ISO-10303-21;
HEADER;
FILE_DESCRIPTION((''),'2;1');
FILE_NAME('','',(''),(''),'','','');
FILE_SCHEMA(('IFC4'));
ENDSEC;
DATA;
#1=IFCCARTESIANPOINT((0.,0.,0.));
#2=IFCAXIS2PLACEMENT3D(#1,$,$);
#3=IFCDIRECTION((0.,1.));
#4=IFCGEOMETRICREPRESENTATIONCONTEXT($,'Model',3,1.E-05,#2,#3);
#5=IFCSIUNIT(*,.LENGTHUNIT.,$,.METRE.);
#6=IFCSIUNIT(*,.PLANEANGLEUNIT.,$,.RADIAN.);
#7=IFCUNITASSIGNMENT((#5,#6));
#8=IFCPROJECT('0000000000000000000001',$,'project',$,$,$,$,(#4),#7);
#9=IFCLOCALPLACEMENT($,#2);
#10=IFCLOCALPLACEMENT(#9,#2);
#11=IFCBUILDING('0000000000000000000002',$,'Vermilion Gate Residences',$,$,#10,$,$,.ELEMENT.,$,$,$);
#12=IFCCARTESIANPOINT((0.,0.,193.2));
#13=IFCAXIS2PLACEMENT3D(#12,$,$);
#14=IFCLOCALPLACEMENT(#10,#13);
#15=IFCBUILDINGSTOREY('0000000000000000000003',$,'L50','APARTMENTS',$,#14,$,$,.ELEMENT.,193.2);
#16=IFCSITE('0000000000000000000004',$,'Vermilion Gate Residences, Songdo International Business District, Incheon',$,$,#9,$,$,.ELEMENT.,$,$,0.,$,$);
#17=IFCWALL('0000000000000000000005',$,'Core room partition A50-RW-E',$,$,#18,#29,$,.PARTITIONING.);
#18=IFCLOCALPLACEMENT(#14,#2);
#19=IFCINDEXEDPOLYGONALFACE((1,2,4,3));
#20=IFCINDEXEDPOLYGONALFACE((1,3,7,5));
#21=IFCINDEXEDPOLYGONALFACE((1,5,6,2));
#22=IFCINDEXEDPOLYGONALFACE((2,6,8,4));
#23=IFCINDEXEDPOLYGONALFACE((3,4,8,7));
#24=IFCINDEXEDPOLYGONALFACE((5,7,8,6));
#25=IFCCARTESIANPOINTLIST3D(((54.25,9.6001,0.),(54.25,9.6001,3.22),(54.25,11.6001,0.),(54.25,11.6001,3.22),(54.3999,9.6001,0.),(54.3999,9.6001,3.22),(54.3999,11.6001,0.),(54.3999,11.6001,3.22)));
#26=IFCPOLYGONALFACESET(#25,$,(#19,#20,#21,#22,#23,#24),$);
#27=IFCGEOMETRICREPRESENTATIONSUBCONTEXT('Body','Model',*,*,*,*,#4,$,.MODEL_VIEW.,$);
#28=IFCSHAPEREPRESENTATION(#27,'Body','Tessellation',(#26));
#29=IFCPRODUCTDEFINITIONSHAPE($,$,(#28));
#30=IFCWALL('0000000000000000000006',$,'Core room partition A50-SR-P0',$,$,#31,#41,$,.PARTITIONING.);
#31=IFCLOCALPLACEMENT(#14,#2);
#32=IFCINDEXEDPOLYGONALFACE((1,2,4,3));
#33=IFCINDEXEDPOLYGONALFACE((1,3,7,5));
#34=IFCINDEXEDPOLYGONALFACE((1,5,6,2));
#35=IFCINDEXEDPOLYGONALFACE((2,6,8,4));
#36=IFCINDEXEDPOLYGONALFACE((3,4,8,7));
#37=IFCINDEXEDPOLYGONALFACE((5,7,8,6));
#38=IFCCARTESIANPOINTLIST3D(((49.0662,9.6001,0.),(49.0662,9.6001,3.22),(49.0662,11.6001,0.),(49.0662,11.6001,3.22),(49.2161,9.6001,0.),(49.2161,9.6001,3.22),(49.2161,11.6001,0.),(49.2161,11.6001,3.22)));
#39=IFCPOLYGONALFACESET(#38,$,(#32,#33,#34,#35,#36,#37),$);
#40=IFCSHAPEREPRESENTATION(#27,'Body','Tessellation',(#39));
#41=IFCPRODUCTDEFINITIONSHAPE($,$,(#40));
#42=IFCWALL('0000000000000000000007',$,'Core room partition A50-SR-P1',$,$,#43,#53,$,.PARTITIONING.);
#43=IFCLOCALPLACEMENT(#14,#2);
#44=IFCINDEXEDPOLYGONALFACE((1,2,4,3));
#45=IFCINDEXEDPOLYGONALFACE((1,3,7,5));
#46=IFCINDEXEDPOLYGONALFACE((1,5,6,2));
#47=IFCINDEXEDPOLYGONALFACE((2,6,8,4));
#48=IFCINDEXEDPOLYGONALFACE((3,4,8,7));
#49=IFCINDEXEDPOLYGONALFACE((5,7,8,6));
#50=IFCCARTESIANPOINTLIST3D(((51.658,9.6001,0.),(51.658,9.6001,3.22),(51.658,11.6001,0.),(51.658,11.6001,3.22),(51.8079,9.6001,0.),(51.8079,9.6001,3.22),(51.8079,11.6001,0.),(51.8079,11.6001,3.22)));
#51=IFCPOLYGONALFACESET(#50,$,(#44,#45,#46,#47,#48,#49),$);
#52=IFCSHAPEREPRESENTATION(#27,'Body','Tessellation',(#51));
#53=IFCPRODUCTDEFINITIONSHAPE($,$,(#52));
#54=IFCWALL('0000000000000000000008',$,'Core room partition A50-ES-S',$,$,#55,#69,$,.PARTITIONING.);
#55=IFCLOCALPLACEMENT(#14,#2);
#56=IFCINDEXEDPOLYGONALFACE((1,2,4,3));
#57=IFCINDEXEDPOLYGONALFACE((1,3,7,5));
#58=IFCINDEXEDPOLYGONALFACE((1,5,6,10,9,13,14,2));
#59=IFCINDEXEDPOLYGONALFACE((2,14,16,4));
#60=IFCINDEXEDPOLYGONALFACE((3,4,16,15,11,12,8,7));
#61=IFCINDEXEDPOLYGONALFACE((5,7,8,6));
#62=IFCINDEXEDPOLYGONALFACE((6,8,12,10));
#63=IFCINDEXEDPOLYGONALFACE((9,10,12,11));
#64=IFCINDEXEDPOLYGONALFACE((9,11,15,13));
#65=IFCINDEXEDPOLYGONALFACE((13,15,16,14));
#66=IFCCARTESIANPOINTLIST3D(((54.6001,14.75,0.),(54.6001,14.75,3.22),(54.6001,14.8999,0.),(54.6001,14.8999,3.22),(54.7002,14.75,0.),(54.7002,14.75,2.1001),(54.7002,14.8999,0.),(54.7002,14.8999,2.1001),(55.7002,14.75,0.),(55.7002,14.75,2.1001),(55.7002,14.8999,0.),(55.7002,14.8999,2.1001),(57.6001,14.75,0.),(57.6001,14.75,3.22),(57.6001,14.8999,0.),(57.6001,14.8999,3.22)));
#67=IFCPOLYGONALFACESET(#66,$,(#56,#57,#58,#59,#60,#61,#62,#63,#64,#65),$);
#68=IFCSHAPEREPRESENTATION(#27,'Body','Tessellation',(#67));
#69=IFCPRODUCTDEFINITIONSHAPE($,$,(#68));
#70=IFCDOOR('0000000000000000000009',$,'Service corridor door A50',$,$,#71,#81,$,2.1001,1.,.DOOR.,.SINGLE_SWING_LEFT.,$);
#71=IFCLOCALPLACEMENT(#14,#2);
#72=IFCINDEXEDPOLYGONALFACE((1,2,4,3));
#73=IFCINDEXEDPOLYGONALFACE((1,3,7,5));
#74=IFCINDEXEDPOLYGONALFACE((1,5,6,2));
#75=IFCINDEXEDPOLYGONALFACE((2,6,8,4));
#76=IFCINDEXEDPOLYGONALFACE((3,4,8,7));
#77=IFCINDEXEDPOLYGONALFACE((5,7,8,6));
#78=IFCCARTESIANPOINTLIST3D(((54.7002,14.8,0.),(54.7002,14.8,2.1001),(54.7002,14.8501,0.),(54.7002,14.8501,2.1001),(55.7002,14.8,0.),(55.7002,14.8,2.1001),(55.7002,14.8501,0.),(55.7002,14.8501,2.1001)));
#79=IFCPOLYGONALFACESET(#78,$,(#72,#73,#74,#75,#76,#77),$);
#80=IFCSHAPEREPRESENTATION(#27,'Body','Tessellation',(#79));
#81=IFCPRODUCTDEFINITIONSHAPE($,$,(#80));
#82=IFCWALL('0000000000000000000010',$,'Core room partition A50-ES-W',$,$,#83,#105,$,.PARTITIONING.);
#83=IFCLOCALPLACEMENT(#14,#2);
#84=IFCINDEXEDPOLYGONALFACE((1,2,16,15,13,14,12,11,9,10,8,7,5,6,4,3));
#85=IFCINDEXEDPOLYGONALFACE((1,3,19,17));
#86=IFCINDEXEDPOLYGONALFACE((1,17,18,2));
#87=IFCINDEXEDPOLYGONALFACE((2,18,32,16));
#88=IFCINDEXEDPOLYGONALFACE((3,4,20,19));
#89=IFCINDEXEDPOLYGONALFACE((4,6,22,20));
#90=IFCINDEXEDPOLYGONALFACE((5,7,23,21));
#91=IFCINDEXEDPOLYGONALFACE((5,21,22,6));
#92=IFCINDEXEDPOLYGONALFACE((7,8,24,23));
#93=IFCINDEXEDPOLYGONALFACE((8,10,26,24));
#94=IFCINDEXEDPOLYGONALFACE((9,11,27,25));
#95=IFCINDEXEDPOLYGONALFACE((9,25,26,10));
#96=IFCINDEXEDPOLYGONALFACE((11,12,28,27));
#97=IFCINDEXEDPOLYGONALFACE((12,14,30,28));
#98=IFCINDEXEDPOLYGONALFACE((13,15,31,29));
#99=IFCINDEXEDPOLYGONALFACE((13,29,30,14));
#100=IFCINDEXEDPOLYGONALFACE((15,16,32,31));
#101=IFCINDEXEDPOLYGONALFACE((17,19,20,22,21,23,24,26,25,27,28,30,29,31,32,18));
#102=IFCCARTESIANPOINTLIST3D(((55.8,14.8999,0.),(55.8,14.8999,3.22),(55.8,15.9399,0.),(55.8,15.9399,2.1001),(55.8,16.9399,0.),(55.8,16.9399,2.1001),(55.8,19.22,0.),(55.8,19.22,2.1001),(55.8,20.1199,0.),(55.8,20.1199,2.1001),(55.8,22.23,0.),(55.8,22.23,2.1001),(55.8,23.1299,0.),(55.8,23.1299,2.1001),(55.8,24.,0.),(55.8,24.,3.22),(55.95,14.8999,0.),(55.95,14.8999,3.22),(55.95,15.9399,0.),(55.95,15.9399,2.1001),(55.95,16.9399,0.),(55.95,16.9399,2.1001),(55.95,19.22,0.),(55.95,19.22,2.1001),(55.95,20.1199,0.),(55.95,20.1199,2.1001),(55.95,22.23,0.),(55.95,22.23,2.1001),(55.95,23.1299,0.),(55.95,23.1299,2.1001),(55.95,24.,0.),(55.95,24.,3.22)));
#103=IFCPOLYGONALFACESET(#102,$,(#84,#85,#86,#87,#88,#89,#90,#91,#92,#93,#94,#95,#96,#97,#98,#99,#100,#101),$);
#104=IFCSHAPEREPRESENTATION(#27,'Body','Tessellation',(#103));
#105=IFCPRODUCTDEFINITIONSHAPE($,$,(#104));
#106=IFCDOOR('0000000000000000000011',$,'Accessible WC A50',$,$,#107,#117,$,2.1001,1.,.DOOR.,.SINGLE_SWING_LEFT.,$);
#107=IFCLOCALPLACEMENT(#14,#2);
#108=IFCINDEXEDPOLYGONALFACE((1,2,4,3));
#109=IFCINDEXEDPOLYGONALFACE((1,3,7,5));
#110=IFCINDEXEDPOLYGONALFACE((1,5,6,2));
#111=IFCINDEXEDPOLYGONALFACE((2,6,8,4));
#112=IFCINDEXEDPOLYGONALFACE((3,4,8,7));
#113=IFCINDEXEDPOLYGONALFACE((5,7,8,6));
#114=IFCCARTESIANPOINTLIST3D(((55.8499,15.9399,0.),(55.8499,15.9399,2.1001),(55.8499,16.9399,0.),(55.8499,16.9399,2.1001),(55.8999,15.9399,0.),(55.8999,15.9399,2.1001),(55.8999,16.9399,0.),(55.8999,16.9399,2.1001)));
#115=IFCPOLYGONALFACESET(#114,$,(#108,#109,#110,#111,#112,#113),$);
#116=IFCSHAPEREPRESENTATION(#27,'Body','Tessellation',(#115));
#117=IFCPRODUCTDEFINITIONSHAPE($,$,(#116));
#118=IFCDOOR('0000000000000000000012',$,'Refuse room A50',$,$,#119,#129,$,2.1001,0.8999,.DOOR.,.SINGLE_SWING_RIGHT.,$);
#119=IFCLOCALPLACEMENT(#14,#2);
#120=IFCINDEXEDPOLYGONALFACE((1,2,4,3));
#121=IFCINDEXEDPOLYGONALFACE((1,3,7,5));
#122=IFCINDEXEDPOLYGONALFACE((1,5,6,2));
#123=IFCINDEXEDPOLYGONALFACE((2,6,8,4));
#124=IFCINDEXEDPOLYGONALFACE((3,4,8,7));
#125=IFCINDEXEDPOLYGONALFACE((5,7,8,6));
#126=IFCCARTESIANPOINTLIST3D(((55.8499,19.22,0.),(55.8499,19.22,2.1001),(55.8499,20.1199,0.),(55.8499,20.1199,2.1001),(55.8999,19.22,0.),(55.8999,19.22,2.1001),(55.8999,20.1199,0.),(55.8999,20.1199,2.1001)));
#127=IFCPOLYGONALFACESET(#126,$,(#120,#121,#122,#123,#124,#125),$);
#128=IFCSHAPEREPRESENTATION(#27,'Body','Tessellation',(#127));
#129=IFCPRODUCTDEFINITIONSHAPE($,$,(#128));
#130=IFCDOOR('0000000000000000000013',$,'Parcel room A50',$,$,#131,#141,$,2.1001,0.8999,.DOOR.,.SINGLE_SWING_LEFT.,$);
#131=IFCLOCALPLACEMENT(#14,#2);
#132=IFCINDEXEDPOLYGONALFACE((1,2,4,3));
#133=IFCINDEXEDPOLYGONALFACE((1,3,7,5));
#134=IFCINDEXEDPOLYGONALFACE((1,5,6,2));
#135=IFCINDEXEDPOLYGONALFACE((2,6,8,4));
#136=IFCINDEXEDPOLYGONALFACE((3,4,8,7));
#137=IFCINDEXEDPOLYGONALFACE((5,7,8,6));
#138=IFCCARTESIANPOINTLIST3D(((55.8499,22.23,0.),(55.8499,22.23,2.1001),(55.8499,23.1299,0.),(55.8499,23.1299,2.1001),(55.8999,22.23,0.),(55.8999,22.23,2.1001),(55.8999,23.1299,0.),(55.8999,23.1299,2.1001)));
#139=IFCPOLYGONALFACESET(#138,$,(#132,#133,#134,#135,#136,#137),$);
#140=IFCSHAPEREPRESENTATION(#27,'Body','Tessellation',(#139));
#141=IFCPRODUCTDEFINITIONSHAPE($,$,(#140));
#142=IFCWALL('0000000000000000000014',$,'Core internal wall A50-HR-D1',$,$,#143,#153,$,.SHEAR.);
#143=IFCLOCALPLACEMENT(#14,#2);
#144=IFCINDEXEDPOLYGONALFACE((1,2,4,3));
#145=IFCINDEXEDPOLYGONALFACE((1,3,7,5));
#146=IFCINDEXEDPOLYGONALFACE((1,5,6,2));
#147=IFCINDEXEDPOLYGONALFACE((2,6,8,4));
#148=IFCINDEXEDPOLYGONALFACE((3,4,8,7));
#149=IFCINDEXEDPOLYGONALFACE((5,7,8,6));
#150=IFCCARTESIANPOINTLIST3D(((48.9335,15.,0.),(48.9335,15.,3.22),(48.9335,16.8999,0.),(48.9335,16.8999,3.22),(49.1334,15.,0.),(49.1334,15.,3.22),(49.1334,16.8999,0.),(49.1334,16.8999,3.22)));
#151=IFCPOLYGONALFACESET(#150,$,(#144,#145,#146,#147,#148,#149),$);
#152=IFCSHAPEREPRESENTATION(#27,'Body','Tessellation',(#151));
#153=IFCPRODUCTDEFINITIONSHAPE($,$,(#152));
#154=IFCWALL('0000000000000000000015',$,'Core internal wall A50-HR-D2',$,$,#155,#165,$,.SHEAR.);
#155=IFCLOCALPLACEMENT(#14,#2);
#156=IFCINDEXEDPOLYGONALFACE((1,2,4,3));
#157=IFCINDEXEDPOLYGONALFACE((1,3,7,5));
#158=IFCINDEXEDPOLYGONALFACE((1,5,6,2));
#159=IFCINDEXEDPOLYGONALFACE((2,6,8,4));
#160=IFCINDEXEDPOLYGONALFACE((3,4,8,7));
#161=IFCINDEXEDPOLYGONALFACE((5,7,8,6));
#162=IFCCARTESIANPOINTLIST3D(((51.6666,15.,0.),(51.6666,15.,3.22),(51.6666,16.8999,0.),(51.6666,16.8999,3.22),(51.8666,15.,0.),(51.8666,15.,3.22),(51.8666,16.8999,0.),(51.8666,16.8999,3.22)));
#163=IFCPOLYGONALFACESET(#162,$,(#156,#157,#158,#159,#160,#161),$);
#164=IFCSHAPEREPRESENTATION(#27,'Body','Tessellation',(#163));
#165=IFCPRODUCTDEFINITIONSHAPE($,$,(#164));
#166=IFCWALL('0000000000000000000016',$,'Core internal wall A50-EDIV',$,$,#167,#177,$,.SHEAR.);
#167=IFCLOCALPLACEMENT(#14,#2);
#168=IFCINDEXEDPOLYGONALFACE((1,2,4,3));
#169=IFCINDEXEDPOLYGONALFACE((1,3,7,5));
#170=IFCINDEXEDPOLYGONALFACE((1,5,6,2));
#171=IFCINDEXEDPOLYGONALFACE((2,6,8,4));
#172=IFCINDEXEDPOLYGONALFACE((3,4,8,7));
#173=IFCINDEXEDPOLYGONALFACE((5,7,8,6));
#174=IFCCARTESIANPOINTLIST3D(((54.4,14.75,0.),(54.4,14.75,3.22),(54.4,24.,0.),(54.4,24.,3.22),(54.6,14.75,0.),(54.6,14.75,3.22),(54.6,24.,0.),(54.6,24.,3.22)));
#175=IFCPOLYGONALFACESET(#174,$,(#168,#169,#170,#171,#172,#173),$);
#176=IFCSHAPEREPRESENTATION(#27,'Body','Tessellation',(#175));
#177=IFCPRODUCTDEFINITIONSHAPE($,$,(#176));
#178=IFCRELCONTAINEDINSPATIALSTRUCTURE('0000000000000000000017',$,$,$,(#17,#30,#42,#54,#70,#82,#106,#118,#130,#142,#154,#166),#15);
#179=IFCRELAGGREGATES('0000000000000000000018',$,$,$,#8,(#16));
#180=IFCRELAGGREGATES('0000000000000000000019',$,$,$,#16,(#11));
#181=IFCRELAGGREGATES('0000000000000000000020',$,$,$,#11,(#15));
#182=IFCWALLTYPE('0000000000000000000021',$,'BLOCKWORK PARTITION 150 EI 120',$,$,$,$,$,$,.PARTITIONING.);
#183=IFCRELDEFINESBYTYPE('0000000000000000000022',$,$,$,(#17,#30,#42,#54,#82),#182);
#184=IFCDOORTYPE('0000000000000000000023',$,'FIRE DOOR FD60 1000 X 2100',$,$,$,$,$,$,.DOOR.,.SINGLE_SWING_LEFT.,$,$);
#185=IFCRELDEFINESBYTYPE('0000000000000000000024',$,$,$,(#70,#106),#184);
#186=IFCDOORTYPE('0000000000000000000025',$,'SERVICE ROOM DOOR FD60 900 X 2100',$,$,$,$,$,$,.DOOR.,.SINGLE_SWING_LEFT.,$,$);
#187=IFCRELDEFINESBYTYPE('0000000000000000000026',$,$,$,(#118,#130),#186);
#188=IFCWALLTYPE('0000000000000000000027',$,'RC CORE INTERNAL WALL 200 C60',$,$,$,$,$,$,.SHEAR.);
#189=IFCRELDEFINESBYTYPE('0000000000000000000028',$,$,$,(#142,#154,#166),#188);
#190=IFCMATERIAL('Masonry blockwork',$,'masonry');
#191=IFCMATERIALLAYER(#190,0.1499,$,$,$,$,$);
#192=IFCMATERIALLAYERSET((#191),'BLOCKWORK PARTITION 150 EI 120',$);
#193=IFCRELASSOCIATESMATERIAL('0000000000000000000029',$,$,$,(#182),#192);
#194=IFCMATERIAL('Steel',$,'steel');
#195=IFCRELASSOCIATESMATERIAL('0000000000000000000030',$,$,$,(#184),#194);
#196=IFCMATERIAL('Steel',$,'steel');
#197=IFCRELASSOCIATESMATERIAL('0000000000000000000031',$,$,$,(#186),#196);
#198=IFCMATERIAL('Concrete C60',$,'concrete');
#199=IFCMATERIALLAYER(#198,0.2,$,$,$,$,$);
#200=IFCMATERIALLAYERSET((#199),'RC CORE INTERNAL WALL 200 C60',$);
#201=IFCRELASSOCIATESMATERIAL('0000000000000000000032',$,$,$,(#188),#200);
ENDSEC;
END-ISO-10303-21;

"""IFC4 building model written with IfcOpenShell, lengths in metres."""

from ifc_helpers import new_model, si_unit, direction, frame, frame_2d, origin, place, context, subcontext, project, spatial, rectangle, extrude, material, layer, layer_set, type_object, element, fill, save


model = new_model("IFC4")

# Units and contexts
model_context = context("Model", 3, precision=1e-05, world=origin(), true_north=direction((0.0, 1.0)))
body_context = subcontext(model_context, "Body", "Model", "MODEL_VIEW")
ifc_project = project(units=[si_unit("LENGTHUNIT", "METRE"), si_unit("PLANEANGLEUNIT", "RADIAN")], contexts=[model_context])

# Site, building, storey
site_placement = place(None, origin())
site = spatial("IfcSite", under=ifc_project, at=site_placement, Name="Vermilion Gate Residences, Songdo International Business District, Incheon", CompositionType="ELEMENT", RefElevation=0.0)
building_placement = place(site_placement, origin())
building = spatial("IfcBuilding", under=site, at=building_placement, Name="Vermilion Gate Residences", CompositionType="ELEMENT")
storey_placement = place(building_placement, frame((0.0, 0.0, 193.2)))
storey = spatial("IfcBuildingStorey", under=building, at=storey_placement, Name="L50", Description="APARTMENTS", CompositionType="ELEMENT", Elevation=193.2)

# Walls
ifc_material_1 = material(Name="Masonry blockwork", Category="masonry")
ifc_layer_1 = layer(ifc_material_1, 0.1499)
ifc_layer_set_1 = layer_set([ifc_layer_1], Name="BLOCKWORK PARTITION 150 EI 120")
wall_type_1 = type_object("IfcWallType", Name="BLOCKWORK PARTITION 150 EI 120", PredefinedType="PARTITIONING", material=ifc_layer_set_1)
for number, where, z_axis, x_axis, name in (
    (1, (54.325, 9.6001, 0.0), (0.0, 0.0, 1.0), (0.0, 1.0, 0.0), "Core room partition A50-RW-E"),
    (2, (49.1411, 9.6001, 0.0), (0.0, 0.0, 1.0), (0.0, 1.0, 0.0), "Core room partition A50-SR-P0"),
    (3, (51.7329, 9.6001, 0.0), (0.0, 0.0, 1.0), (0.0, 1.0, 0.0), "Core room partition A50-SR-P1"),
):
    element("IfcWall", number, at=place(storey_placement, frame(where, z_axis=z_axis, x_axis=x_axis)), inside=storey, type_object=wall_type_1, Name=name, PredefinedType="PARTITIONING", context=body_context, shape_type="SweptSolid", body=[
        extrude(rectangle(XDim=2.0, YDim=0.1499, at=frame_2d((1.0, 0.0))), origin(), (0.0, 0.0, 1.0), 3.22),
    ])

# Wall, opening, door
wall_1_placement = place(storey_placement, frame((54.6001, 14.825, 0.0), z_axis=(0.0, 0.0, 1.0), x_axis=(1.0, 0.0, 0.0)))
wall_1 = element("IfcWall", 4, at=wall_1_placement, inside=storey, type_object=wall_type_1, Name="Core room partition A50-ES-S", PredefinedType="PARTITIONING", context=body_context, shape_type="SweptSolid", body=[
    extrude(rectangle(XDim=3.0, YDim=0.1499, at=frame_2d((1.5, 0.0))), origin(), (0.0, 0.0, 1.0), 3.22),
])
opening_1_placement = place(wall_1_placement, frame((0.1001, 0.0, 0.0)))
opening_1 = element("IfcOpeningElement", 5, at=opening_1_placement, cuts=wall_1, PredefinedType="OPENING", context=body_context, shape_type="SweptSolid", body=[
    extrude(rectangle(XDim=1.0, YDim=2.1001, at=frame_2d((0.5, 1.05))), frame((0.0, 0.085, 0.0), z_axis=(0.0, -1.0, 0.0), x_axis=(1.0, 0.0, 0.0)), (0.0, 0.0, 1.0), 0.1699),
])
ifc_material_2 = material(Name="Steel", Category="steel")
door_type_1 = type_object("IfcDoorType", Name="FIRE DOOR FD60 1000 X 2100", OperationType="SINGLE_SWING_LEFT", PredefinedType="DOOR", material=ifc_material_2)
door_1_placement = place(opening_1_placement, frame((1.0, 0.0, 0.0), z_axis=(0.0, 0.0, 1.0), x_axis=(-1.0, 0.0, 0.0)))
door_1 = element("IfcDoor", 6, at=door_1_placement, inside=storey, type_object=door_type_1, Name="Service corridor door A50", OperationType="SINGLE_SWING_LEFT", OverallHeight=2.1001, OverallWidth=1.0, PredefinedType="DOOR", context=body_context, shape_type="SweptSolid", body=[
    extrude(rectangle(XDim=1.0, YDim=2.1001, at=frame_2d((0.5, 1.05))), frame((0.0, 0.0249, 0.0), z_axis=(0.0, -1.0, 0.0), x_axis=(1.0, 0.0, 0.0)), (0.0, 0.0, 1.0), 0.05),
])
fill(opening_1, door_1)

# Wall, openings, doors
wall_2_placement = place(storey_placement, frame((55.875, 14.8999, 0.0), z_axis=(0.0, 0.0, 1.0), x_axis=(0.0, 1.0, 0.0)))
wall_2 = element("IfcWall", 7, at=wall_2_placement, inside=storey, type_object=wall_type_1, Name="Core room partition A50-ES-W", PredefinedType="PARTITIONING", context=body_context, shape_type="SweptSolid", body=[
    extrude(rectangle(XDim=9.1001, YDim=0.1499, at=frame_2d((4.55, 0.0))), origin(), (0.0, 0.0, 1.0), 3.22),
])
opening_2_placement = place(wall_2_placement, frame((1.04, 0.0, 0.0)))
opening_2 = element("IfcOpeningElement", 8, at=opening_2_placement, cuts=wall_2, PredefinedType="OPENING", context=body_context, shape_type="SweptSolid", body=[
    extrude(rectangle(XDim=1.0, YDim=2.1001, at=frame_2d((0.5, 1.05))), frame((0.0, 0.085, 0.0), z_axis=(0.0, -1.0, 0.0), x_axis=(1.0, 0.0, 0.0)), (0.0, 0.0, 1.0), 0.1699),
])
opening_3_placement = place(wall_2_placement, frame((4.3201, 0.0, 0.0)))
opening_3 = element("IfcOpeningElement", 9, at=opening_3_placement, cuts=wall_2, PredefinedType="OPENING", context=body_context, shape_type="SweptSolid", body=[
    extrude(rectangle(XDim=0.8999, YDim=2.1001, at=frame_2d((0.45, 1.05))), frame((0.0, 0.085, 0.0), z_axis=(0.0, -1.0, 0.0), x_axis=(1.0, 0.0, 0.0)), (0.0, 0.0, 1.0), 0.1699),
])
opening_4_placement = place(wall_2_placement, frame((7.3301, 0.0, 0.0)))
opening_4 = element("IfcOpeningElement", 10, at=opening_4_placement, cuts=wall_2, PredefinedType="OPENING", context=body_context, shape_type="SweptSolid", body=[
    extrude(rectangle(XDim=0.8999, YDim=2.1001, at=frame_2d((0.45, 1.05))), frame((0.0, 0.085, 0.0), z_axis=(0.0, -1.0, 0.0), x_axis=(1.0, 0.0, 0.0)), (0.0, 0.0, 1.0), 0.1699),
])
door_2_placement = place(opening_2_placement, frame((1.0, 0.0, 0.0), z_axis=(0.0, 0.0, 1.0), x_axis=(-1.0, 0.0, 0.0)))
door_2 = element("IfcDoor", 11, at=door_2_placement, inside=storey, type_object=door_type_1, Name="Accessible WC A50", OperationType="SINGLE_SWING_LEFT", OverallHeight=2.1001, OverallWidth=1.0, PredefinedType="DOOR", context=body_context, shape_type="SweptSolid", body=[
    extrude(rectangle(XDim=1.0, YDim=2.1001, at=frame_2d((0.5, 1.05))), frame((0.0, 0.0249, 0.0), z_axis=(0.0, -1.0, 0.0), x_axis=(1.0, 0.0, 0.0)), (0.0, 0.0, 1.0), 0.05),
])
fill(opening_2, door_2)
ifc_material_3 = material(Name="Steel", Category="steel")
door_type_2 = type_object("IfcDoorType", Name="SERVICE ROOM DOOR FD60 900 X 2100", OperationType="SINGLE_SWING_LEFT", PredefinedType="DOOR", material=ifc_material_3)
door_3_placement = place(opening_3_placement, frame((0.8999, 0.0, 0.0), z_axis=(0.0, 0.0, 1.0), x_axis=(-1.0, 0.0, 0.0)))
door_3 = element("IfcDoor", 12, at=door_3_placement, inside=storey, type_object=door_type_2, Name="Refuse room A50", OperationType="SINGLE_SWING_RIGHT", OverallHeight=2.1001, OverallWidth=0.8999, PredefinedType="DOOR", context=body_context, shape_type="SweptSolid", body=[
    extrude(rectangle(XDim=0.8999, YDim=2.1001, at=frame_2d((0.45, 1.05))), frame((0.0, 0.0249, 0.0), z_axis=(0.0, -1.0, 0.0), x_axis=(1.0, 0.0, 0.0)), (0.0, 0.0, 1.0), 0.05),
])
fill(opening_3, door_3)
door_4_placement = place(opening_4_placement, frame((0.8999, 0.0, 0.0), z_axis=(0.0, 0.0, 1.0), x_axis=(-1.0, 0.0, 0.0)))
door_4 = element("IfcDoor", 13, at=door_4_placement, inside=storey, type_object=door_type_2, Name="Parcel room A50", OperationType="SINGLE_SWING_LEFT", OverallHeight=2.1001, OverallWidth=0.8999, PredefinedType="DOOR", context=body_context, shape_type="SweptSolid", body=[
    extrude(rectangle(XDim=0.8999, YDim=2.1001, at=frame_2d((0.45, 1.05))), frame((0.0, 0.0249, 0.0), z_axis=(0.0, -1.0, 0.0), x_axis=(1.0, 0.0, 0.0)), (0.0, 0.0, 1.0), 0.05),
])
fill(opening_4, door_4)

# Walls
ifc_material_4 = material(Name="Concrete C60", Category="concrete")
ifc_layer_2 = layer(ifc_material_4, 0.2)
ifc_layer_set_2 = layer_set([ifc_layer_2], Name="RC CORE INTERNAL WALL 200 C60")
wall_type_2 = type_object("IfcWallType", Name="RC CORE INTERNAL WALL 200 C60", PredefinedType="SHEAR", material=ifc_layer_set_2)
for number, where, z_axis, x_axis, name in (
    (14, (49.0334, 15.0, 0.0), (0.0, 0.0, 1.0), (0.0, 1.0, 0.0), "Core internal wall A50-HR-D1"),
    (15, (51.7666, 15.0, 0.0), (0.0, 0.0, 1.0), (0.0, 1.0, 0.0), "Core internal wall A50-HR-D2"),
):
    element("IfcWall", number, at=place(storey_placement, frame(where, z_axis=z_axis, x_axis=x_axis)), inside=storey, type_object=wall_type_2, Name=name, PredefinedType="SHEAR", context=body_context, shape_type="SweptSolid", body=[
        extrude(rectangle(XDim=1.8999, YDim=0.2, at=frame_2d((0.95, 0.0))), origin(), (0.0, 0.0, 1.0), 3.22),
    ])
wall_3_placement = place(storey_placement, frame((54.5, 14.75, 0.0), z_axis=(0.0, 0.0, 1.0), x_axis=(0.0, 1.0, 0.0)))
element("IfcWall", 16, at=wall_3_placement, inside=storey, type_object=wall_type_2, Name="Core internal wall A50-EDIV", PredefinedType="SHEAR", context=body_context, shape_type="SweptSolid", body=[
    extrude(rectangle(XDim=9.25, YDim=0.2, at=frame_2d((4.625, 0.0))), origin(), (0.0, 0.0, 1.0), 3.22),
])

save(model, "model.ifc")
